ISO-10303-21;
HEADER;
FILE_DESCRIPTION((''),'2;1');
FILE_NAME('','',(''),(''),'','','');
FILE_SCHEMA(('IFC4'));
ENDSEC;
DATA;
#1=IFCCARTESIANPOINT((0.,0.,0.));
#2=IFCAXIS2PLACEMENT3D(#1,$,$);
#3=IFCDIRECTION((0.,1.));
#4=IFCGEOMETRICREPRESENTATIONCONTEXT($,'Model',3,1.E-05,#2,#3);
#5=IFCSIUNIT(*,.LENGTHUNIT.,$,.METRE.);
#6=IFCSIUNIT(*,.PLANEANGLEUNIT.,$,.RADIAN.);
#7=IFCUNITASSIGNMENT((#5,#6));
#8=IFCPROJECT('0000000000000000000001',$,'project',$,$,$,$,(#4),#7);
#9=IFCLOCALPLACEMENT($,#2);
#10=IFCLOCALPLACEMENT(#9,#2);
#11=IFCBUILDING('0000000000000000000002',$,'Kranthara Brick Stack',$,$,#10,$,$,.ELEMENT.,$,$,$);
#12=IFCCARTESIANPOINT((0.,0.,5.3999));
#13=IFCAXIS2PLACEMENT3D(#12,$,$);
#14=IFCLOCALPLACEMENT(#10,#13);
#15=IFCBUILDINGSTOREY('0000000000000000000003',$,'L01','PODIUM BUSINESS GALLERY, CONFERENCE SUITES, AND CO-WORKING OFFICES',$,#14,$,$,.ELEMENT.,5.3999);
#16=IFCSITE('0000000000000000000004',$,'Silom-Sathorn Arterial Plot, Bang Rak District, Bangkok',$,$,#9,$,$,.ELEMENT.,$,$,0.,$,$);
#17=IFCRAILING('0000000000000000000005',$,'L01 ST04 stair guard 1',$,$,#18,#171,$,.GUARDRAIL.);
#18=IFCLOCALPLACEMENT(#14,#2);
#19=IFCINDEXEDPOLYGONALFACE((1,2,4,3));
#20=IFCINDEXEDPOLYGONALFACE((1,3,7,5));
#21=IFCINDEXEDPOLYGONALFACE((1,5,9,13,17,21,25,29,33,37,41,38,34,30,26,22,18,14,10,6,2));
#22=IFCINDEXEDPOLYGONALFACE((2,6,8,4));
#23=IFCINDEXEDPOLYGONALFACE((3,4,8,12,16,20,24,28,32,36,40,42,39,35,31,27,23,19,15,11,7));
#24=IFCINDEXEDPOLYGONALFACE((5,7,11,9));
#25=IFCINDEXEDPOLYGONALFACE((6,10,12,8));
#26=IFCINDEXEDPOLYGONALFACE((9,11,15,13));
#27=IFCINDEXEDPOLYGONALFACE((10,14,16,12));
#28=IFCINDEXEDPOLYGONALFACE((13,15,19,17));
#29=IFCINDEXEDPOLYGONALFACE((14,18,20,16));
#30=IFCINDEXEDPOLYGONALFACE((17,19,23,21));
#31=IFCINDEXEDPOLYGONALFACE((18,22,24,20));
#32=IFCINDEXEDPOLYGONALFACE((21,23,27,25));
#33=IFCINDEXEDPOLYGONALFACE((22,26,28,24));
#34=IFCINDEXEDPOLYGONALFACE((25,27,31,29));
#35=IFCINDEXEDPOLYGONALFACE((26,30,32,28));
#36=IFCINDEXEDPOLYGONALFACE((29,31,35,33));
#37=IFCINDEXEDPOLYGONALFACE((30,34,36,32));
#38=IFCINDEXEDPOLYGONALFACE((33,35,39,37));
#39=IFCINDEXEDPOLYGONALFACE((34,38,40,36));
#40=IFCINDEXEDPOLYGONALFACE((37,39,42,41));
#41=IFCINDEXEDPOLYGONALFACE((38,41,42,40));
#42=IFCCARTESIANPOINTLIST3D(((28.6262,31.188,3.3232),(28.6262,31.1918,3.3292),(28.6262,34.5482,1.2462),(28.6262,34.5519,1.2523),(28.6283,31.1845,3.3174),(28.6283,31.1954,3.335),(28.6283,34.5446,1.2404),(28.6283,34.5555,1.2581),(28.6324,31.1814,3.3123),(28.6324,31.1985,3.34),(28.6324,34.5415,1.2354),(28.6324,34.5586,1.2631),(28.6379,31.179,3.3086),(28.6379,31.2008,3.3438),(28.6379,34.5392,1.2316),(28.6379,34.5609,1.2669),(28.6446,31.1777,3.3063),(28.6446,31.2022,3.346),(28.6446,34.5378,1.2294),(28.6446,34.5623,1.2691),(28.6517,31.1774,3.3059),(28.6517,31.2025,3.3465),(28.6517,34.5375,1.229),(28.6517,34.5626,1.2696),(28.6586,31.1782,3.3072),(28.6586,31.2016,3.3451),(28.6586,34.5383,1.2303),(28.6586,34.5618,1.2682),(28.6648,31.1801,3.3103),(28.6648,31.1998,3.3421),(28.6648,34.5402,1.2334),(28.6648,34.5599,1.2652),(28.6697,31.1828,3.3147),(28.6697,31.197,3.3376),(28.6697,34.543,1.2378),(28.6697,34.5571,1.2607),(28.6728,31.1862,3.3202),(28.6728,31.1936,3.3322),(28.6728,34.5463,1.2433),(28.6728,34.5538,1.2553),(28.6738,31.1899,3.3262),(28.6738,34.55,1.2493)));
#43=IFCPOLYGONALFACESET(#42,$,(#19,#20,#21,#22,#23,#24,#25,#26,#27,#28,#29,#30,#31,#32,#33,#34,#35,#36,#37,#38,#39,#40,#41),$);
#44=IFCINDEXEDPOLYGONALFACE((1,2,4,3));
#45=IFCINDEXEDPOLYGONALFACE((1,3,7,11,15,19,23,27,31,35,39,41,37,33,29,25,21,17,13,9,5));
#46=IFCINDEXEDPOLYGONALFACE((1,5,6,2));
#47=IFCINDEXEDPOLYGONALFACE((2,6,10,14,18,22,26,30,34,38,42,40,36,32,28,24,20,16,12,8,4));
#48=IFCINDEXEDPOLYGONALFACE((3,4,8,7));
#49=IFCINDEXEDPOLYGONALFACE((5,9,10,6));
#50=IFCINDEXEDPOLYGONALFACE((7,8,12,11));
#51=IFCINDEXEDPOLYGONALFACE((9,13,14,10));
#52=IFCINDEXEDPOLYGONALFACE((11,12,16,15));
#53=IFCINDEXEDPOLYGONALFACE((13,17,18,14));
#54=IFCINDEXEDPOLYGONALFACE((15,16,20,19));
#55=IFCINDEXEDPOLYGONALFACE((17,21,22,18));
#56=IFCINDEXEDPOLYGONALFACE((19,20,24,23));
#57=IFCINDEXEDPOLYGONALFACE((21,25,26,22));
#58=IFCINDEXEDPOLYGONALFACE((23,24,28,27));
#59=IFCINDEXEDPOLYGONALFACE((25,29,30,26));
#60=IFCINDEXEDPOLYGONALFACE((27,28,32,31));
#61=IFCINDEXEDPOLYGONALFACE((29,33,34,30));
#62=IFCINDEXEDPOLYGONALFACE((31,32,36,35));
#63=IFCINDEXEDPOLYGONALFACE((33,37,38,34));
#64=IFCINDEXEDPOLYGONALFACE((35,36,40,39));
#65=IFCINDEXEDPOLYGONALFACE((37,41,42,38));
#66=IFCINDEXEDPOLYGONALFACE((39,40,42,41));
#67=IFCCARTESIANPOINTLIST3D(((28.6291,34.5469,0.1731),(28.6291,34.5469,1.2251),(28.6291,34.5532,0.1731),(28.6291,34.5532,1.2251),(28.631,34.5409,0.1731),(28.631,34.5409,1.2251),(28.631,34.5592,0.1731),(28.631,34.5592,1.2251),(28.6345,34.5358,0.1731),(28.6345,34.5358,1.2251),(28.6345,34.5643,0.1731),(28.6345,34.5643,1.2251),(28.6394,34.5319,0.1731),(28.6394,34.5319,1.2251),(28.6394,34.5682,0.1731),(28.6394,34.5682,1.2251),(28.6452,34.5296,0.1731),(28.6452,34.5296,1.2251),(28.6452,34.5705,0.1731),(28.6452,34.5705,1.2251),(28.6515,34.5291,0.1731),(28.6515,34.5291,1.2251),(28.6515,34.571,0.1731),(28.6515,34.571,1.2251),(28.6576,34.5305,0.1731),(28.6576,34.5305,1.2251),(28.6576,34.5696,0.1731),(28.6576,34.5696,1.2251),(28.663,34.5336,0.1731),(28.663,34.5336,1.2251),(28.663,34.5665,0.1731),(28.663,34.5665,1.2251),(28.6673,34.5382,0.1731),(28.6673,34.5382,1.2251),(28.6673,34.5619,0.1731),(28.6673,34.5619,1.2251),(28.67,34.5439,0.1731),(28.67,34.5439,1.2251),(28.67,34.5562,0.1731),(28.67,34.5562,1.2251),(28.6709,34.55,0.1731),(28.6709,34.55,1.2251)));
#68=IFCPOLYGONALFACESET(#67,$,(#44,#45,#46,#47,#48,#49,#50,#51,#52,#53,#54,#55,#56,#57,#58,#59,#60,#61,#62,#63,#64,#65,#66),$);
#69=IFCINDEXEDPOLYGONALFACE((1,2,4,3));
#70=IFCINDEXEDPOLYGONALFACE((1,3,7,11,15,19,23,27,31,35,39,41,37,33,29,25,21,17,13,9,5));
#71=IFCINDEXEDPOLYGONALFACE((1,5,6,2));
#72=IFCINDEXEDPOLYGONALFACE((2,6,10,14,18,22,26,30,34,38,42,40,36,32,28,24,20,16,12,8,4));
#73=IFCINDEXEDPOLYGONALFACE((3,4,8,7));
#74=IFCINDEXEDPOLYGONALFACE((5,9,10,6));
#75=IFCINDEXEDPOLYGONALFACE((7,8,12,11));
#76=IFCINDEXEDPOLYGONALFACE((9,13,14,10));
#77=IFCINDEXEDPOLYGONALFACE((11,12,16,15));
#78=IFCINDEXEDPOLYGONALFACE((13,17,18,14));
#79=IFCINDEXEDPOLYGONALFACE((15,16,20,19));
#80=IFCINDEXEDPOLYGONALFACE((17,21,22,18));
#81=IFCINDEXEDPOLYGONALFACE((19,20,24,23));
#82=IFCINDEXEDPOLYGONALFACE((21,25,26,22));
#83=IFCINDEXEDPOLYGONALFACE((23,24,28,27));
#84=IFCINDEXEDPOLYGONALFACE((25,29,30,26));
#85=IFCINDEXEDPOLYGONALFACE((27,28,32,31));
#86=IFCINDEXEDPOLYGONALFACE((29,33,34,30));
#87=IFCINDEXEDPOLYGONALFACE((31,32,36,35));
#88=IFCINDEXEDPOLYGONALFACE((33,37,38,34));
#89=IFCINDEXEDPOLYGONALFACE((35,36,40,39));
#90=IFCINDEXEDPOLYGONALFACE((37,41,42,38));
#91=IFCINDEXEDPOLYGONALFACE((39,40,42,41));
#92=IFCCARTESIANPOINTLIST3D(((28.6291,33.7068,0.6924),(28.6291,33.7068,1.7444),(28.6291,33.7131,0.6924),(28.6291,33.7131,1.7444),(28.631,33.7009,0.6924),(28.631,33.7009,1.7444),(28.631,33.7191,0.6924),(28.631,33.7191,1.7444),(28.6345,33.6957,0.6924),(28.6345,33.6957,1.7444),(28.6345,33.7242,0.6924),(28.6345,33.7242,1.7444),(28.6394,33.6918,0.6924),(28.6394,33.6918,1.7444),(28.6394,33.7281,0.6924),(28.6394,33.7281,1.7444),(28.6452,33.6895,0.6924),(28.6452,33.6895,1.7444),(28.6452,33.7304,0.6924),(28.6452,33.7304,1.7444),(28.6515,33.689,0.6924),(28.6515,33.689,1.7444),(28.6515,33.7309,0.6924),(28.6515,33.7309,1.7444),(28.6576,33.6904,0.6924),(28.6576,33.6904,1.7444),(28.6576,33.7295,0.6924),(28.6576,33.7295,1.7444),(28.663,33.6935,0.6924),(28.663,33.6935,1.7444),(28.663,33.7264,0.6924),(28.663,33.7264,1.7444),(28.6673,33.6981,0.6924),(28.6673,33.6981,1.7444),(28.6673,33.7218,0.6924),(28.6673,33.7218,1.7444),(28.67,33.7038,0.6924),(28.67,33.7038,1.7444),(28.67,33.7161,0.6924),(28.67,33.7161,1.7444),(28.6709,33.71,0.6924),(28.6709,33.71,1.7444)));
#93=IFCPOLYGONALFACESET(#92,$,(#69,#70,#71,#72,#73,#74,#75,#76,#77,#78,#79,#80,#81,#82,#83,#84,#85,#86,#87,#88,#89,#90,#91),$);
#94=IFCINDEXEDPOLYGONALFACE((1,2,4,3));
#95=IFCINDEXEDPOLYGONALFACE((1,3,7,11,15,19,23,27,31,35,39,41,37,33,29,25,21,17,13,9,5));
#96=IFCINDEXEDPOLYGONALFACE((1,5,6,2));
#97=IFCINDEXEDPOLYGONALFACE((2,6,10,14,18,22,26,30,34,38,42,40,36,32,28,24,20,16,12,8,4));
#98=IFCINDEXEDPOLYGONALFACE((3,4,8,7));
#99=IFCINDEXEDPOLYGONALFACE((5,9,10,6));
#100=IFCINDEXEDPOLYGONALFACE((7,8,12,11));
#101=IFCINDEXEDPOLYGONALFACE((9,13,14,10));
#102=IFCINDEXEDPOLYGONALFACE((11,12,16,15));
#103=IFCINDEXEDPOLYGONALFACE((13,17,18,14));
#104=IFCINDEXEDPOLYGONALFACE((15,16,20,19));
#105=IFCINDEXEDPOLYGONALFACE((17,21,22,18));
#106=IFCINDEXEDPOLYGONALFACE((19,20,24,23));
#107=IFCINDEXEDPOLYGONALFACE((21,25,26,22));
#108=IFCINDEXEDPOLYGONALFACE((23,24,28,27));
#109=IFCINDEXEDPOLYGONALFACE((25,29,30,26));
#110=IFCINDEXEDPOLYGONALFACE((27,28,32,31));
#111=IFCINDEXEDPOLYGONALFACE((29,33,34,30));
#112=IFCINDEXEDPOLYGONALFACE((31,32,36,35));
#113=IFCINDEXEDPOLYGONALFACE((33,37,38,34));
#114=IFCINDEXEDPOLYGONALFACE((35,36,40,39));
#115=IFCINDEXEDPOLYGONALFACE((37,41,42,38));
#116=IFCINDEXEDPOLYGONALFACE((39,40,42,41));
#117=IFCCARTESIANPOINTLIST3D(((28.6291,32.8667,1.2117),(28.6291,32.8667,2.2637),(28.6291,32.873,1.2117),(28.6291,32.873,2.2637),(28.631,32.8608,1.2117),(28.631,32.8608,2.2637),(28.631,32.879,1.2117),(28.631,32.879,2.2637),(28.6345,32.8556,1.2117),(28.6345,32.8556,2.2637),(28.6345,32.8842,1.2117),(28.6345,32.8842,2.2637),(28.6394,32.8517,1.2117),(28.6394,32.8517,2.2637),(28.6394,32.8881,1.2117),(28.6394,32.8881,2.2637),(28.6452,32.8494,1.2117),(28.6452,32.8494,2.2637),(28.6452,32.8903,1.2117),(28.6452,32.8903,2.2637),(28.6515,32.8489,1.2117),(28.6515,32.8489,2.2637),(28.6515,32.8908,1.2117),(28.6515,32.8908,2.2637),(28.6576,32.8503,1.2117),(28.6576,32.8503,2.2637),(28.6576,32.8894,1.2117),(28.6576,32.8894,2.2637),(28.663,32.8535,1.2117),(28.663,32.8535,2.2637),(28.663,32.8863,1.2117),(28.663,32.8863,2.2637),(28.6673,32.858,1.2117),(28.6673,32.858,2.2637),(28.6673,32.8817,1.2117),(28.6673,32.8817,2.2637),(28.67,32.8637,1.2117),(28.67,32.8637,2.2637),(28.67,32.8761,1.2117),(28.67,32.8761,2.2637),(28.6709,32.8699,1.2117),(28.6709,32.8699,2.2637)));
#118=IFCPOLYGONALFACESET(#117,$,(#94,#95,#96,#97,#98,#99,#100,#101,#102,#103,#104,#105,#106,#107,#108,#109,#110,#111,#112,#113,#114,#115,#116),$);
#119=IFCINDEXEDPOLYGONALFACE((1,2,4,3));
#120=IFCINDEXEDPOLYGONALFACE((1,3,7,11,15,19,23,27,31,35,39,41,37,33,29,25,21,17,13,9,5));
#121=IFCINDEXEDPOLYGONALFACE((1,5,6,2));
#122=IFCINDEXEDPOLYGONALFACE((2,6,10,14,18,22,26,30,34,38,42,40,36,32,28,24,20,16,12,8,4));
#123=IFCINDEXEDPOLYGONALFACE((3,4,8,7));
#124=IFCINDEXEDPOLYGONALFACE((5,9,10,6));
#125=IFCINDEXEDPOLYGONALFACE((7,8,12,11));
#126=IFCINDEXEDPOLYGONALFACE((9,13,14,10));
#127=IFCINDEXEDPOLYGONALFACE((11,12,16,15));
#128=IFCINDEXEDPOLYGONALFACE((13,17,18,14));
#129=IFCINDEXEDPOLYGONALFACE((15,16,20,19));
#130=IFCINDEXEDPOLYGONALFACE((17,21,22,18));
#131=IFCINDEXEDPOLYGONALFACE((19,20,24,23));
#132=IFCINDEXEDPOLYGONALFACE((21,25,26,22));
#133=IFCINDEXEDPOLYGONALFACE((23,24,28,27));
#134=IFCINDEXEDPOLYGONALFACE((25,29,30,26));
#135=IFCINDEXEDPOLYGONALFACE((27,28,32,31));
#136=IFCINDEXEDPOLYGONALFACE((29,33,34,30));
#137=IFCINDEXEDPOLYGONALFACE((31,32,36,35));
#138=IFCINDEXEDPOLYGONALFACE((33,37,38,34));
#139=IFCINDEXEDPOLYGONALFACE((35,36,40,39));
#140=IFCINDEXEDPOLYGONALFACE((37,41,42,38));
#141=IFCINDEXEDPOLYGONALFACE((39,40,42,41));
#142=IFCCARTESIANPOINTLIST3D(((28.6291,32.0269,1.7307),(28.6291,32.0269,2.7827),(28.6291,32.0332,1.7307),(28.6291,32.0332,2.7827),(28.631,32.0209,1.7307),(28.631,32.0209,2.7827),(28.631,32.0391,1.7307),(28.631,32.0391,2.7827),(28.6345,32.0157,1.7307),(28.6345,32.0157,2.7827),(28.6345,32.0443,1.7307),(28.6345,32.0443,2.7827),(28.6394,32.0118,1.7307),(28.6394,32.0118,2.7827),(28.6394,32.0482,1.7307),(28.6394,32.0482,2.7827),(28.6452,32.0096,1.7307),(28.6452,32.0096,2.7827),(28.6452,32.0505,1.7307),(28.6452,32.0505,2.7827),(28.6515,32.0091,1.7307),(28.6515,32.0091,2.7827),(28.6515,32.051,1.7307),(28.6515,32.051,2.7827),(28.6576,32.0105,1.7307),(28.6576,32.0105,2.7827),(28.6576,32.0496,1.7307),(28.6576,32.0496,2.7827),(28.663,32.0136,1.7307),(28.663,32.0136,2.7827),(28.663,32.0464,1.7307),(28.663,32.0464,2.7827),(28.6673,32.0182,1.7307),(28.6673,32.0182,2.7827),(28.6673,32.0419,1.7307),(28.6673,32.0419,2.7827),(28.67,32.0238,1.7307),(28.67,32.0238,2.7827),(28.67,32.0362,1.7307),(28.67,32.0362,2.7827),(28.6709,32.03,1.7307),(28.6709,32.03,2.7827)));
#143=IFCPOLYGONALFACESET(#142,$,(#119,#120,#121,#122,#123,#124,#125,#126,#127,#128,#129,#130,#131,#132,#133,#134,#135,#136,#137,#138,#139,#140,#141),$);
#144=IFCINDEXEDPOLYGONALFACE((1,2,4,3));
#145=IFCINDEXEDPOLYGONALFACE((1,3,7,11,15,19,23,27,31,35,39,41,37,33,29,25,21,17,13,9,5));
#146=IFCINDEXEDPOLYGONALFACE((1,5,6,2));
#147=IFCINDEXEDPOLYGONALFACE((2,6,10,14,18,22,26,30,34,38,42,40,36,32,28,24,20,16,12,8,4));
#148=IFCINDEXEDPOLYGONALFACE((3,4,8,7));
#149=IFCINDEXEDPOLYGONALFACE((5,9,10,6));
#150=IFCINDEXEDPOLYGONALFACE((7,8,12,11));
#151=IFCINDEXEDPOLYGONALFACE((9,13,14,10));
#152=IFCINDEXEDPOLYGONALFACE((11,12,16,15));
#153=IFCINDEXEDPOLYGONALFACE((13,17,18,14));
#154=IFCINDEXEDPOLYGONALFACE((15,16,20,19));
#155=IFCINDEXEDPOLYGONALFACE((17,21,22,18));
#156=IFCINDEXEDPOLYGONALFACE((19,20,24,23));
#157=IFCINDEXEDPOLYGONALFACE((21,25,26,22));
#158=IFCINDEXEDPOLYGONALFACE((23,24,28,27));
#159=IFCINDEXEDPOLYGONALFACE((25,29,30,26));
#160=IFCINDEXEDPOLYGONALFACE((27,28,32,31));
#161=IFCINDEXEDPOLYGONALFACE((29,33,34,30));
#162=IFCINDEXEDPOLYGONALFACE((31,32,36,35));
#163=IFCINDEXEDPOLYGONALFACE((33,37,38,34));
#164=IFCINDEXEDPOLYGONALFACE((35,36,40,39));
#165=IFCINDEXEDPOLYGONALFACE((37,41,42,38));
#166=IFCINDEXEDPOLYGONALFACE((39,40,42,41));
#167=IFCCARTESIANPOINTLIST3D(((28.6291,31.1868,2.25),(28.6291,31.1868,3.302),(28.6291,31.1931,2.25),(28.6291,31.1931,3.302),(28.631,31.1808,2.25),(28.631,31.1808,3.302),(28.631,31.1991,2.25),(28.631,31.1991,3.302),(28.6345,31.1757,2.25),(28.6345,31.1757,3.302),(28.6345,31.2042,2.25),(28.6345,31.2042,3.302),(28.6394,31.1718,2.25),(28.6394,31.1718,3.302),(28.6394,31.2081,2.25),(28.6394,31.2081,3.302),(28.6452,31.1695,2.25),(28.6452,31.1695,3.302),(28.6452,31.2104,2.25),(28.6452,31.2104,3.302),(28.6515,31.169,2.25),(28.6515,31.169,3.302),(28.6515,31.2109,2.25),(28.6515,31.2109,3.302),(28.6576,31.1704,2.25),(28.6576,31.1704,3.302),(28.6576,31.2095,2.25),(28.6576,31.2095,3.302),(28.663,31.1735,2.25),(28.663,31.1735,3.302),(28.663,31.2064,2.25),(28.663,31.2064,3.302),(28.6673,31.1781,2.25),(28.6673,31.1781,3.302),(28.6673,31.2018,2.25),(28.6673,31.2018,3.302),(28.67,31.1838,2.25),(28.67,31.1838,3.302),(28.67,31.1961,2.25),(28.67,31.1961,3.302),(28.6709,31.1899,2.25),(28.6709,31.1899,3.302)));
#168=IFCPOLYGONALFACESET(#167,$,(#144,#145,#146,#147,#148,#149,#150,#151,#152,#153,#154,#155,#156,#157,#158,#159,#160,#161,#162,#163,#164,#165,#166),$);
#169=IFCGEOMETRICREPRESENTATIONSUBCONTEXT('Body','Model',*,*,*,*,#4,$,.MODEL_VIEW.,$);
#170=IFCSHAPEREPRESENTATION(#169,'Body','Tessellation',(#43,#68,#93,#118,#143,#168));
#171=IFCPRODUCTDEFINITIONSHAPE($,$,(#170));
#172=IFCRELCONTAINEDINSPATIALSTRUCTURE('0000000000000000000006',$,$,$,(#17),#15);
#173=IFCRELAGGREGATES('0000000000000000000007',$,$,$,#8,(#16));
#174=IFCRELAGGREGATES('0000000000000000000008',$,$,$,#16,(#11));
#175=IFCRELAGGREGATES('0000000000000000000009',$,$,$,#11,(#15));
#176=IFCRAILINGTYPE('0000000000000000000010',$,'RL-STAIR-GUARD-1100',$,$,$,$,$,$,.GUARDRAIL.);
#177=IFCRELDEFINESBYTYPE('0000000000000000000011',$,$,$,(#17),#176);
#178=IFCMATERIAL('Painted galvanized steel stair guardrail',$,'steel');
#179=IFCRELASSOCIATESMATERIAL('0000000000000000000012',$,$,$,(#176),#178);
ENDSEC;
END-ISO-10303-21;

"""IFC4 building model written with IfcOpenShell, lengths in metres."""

from ifc_helpers import new_model, si_unit, direction, frame, origin, origin_2d, place, context, subcontext, project, spatial, circle, extrude, material, type_object, element, save


model = new_model("IFC4")

# Units and contexts
model_context = context("Model", 3, precision=1e-05, world=origin(), true_north=direction((0.0, 1.0)))
body_context = subcontext(model_context, "Body", "Model", "MODEL_VIEW")
ifc_project = project(units=[si_unit("LENGTHUNIT", "METRE"), si_unit("PLANEANGLEUNIT", "RADIAN")], contexts=[model_context])

# Site, building, storey
site_placement = place(None, origin())
site = spatial("IfcSite", under=ifc_project, at=site_placement, Name="Silom-Sathorn Arterial Plot, Bang Rak District, Bangkok", CompositionType="ELEMENT", RefElevation=0.0)
building_placement = place(site_placement, origin())
building = spatial("IfcBuilding", under=site, at=building_placement, Name="Kranthara Brick Stack", CompositionType="ELEMENT")
storey_placement = place(building_placement, frame((0.0, 0.0, 5.3999)))
storey = spatial("IfcBuildingStorey", under=building, at=storey_placement, Name="L01", Description="PODIUM BUSINESS GALLERY, CONFERENCE SUITES, AND CO-WORKING OFFICES", CompositionType="ELEMENT", Elevation=5.3999)

# Railing
ifc_material_1 = material(Name="Painted galvanized steel stair guardrail", Category="steel")
railing_type_1 = type_object("IfcRailingType", Name="RL-STAIR-GUARD-1100", PredefinedType="GUARDRAIL", material=ifc_material_1)
railing_1_placement = place(storey_placement, frame((28.6499, 34.55, 0.1731)))
element("IfcRailing", 1, at=railing_1_placement, inside=storey, type_object=railing_type_1, Name="L01 ST04 stair guard 1", PredefinedType="GUARDRAIL", context=body_context, shape_type="SweptSolid", body=[
    extrude(circle(Radius=0.0239, at=origin_2d()), frame((0.0, 0.0, 1.0762), z_axis=(0.0, -0.850623, 0.525776), x_axis=(1.0, 0.0, 0.0)), (0.0, 0.0, 1.0), 3.9502),
    extrude(circle(Radius=0.021, at=origin_2d()), origin(), (0.0, 0.0, 1.0), 1.052),
    extrude(circle(Radius=0.021, at=origin_2d()), frame((0.0, -0.8401, 0.5193)), (0.0, 0.0, 1.0), 1.052),
    extrude(circle(Radius=0.021, at=origin_2d()), frame((0.0, -1.6802, 1.0386)), (0.0, 0.0, 1.0), 1.052),
    extrude(circle(Radius=0.021, at=origin_2d()), frame((0.0, -2.52, 1.5576)), (0.0, 0.0, 1.0), 1.052),
    extrude(circle(Radius=0.021, at=origin_2d()), frame((0.0, -3.3601, 2.0769)), (0.0, 0.0, 1.0), 1.052),
])

save(model, "model.ifc")
